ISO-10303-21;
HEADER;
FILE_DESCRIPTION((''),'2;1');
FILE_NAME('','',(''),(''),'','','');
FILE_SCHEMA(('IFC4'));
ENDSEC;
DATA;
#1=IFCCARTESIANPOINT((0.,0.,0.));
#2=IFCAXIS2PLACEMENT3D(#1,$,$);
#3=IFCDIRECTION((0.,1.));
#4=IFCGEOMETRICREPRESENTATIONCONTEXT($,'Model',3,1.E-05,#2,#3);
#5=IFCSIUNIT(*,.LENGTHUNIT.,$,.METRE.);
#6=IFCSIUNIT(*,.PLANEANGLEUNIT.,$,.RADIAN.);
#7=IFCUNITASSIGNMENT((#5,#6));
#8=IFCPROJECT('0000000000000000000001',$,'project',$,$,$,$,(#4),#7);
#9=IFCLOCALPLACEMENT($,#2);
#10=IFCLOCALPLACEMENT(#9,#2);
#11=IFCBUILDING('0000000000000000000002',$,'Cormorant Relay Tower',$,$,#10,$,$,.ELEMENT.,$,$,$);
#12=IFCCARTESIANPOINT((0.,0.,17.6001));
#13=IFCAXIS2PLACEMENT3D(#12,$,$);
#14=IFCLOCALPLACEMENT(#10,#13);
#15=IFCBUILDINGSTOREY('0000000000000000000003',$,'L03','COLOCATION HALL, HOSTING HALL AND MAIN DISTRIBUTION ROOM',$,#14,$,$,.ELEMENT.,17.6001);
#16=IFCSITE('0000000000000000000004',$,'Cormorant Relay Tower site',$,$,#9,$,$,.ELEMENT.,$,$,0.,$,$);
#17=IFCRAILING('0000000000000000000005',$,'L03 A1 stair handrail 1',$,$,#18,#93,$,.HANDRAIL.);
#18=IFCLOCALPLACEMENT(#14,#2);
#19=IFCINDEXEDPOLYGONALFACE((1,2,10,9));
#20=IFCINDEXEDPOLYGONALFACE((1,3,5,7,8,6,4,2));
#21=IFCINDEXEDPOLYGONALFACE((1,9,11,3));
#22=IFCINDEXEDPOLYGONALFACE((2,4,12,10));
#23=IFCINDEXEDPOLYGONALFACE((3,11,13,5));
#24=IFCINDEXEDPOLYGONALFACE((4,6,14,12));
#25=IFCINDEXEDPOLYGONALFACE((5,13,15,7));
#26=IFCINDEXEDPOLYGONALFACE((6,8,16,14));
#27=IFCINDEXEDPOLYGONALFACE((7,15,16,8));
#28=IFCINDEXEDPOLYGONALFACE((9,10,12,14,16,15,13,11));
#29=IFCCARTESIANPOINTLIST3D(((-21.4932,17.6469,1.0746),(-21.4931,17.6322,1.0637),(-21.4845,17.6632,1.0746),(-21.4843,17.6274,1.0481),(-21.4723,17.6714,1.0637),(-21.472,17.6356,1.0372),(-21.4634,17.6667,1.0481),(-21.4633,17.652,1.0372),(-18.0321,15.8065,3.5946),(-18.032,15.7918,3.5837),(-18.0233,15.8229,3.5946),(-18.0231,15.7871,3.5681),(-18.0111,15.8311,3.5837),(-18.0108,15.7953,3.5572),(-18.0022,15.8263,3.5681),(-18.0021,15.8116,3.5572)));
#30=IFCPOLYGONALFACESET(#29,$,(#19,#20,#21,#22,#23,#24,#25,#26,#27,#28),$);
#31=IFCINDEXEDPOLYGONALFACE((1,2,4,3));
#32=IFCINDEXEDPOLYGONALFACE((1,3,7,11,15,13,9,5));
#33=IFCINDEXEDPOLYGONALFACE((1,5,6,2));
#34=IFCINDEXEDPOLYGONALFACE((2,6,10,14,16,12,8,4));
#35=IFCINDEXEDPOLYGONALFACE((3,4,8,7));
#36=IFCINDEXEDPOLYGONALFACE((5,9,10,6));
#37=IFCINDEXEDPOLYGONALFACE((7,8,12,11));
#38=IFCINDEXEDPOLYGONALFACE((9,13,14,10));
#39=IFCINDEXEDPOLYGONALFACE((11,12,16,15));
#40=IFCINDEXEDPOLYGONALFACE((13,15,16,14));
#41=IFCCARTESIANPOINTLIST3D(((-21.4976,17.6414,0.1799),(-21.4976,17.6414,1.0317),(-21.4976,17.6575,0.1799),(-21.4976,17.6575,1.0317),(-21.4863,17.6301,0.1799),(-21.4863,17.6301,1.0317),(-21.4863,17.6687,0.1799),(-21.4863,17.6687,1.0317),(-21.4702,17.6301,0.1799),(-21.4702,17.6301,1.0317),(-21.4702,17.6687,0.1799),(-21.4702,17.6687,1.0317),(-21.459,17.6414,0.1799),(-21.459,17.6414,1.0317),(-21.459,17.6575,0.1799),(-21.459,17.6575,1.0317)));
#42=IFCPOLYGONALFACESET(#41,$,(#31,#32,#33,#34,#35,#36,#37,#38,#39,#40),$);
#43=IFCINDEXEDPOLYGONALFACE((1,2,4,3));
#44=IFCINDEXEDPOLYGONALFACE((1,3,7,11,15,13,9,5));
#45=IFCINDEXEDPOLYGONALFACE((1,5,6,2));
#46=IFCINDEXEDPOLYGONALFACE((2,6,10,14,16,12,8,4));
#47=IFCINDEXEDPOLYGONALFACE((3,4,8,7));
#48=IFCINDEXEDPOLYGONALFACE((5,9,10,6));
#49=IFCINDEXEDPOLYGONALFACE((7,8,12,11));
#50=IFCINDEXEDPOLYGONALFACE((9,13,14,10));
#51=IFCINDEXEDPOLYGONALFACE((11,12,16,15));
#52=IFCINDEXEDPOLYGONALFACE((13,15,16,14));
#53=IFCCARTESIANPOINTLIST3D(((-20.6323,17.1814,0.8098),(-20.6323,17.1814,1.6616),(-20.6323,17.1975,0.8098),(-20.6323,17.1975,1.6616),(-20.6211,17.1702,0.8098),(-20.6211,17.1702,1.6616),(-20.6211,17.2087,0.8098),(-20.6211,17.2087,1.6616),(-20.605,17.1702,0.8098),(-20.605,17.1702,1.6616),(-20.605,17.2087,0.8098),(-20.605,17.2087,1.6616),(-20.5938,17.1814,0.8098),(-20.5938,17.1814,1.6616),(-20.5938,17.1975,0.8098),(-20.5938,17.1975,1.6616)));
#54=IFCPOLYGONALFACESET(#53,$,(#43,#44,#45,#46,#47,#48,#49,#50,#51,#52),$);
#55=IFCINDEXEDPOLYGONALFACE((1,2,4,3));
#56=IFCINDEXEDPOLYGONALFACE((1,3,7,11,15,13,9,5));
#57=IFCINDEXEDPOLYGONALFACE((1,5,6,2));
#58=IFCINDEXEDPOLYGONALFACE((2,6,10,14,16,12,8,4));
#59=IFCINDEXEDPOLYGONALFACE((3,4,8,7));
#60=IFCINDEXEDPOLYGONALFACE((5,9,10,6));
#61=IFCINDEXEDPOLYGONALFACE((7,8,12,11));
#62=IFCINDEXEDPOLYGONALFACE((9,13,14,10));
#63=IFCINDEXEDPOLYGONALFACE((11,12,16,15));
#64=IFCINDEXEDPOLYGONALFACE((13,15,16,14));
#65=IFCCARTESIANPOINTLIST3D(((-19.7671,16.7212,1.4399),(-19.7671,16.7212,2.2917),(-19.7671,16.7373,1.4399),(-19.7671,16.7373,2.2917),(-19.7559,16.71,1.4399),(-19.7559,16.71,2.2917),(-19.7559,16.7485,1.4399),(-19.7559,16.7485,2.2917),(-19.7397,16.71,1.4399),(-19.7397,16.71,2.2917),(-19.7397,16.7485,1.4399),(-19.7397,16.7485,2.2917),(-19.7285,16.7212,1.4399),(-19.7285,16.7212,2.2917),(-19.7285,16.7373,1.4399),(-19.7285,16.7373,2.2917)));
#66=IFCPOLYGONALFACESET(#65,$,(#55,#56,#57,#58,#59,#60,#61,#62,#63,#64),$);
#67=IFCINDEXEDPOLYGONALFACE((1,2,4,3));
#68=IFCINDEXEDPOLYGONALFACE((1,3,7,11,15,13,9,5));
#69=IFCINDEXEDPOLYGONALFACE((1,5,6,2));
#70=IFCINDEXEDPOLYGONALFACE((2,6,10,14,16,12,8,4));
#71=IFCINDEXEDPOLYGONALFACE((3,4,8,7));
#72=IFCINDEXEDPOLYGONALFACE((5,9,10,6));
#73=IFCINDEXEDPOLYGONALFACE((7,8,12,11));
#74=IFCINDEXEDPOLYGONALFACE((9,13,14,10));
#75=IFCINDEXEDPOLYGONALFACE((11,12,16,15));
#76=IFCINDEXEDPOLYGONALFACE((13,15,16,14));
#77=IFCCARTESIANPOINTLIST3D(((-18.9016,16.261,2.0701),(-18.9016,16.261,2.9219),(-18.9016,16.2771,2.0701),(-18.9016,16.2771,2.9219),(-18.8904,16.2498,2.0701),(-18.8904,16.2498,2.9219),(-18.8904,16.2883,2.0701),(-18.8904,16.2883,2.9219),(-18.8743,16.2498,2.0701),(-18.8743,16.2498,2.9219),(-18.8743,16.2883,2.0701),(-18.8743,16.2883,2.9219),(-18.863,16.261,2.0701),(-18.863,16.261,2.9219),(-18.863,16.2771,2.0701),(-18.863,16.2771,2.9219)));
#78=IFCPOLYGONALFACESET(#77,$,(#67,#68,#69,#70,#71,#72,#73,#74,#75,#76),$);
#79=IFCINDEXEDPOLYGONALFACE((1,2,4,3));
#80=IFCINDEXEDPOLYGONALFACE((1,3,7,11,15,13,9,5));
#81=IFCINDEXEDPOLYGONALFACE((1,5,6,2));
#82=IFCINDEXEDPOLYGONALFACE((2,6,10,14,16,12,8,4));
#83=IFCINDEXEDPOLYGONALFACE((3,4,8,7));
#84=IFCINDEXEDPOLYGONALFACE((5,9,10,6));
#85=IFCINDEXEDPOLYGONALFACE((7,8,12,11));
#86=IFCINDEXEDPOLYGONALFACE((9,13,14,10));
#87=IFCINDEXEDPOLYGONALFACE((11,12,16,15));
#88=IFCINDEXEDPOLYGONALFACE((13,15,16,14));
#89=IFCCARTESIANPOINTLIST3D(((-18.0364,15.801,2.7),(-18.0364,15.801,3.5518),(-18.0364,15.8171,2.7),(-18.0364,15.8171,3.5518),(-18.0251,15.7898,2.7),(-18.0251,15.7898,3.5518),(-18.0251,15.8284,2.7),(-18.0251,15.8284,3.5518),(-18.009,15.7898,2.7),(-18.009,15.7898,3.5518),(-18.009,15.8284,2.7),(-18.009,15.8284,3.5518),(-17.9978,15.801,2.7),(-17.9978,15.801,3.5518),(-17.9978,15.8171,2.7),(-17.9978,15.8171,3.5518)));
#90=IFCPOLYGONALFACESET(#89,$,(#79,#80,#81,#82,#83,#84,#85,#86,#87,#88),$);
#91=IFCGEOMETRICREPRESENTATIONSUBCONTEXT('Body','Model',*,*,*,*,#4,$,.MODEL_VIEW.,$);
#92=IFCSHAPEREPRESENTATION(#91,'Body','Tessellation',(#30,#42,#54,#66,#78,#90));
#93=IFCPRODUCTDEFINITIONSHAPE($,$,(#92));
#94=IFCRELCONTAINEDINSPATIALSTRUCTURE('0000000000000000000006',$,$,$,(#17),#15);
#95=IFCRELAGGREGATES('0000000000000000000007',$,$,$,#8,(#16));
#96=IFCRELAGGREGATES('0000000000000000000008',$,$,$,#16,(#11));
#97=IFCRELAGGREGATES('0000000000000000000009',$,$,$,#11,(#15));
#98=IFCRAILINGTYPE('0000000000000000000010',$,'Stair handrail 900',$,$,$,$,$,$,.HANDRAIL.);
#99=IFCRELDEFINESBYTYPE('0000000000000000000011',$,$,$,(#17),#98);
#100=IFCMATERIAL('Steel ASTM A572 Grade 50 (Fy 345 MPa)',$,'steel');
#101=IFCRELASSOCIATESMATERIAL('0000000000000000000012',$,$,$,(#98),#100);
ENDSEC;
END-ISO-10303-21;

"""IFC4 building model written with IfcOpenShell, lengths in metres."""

from ifc_helpers import new_model, si_unit, direction, frame, origin, place, context, subcontext, project, spatial, polyline, outline, extrude, material, type_object, element, save


model = new_model("IFC4")

# Units and contexts
model_context = context("Model", 3, precision=1e-05, world=origin(), true_north=direction((0.0, 1.0)))
body_context = subcontext(model_context, "Body", "Model", "MODEL_VIEW")
ifc_project = project(units=[si_unit("LENGTHUNIT", "METRE"), si_unit("PLANEANGLEUNIT", "RADIAN")], contexts=[model_context])

# Site, building, storey
site_placement = place(None, origin())
site = spatial("IfcSite", under=ifc_project, at=site_placement, Name="Cormorant Relay Tower site", CompositionType="ELEMENT", RefElevation=0.0)
building_placement = place(site_placement, origin())
building = spatial("IfcBuilding", under=site, at=building_placement, Name="Cormorant Relay Tower", CompositionType="ELEMENT")
storey_placement = place(building_placement, frame((0.0, 0.0, 17.6001)))
storey = spatial("IfcBuildingStorey", under=building, at=storey_placement, Name="L03", Description="COLOCATION HALL, HOSTING HALL AND MAIN DISTRIBUTION ROOM", CompositionType="ELEMENT", Elevation=17.6001)

# Railing
ifc_material_1 = material(Name="Steel ASTM A572 Grade 50 (Fy 345 MPa)", Category="steel")
railing_type = type_object("IfcRailingType", Name="Stair handrail 900", PredefinedType="HANDRAIL", material=ifc_material_1)
railing_placement = place(storey_placement, frame((-21.4783, 17.6494, 0.1799)))
element("IfcRailing", 1, at=railing_placement, inside=storey, type_object=railing_type, Name="L03 A1 stair handrail 1", PredefinedType="HANDRAIL", context=body_context, shape_type="SweptSolid", body=[
    extrude(outline(polyline([(0.0222, 0.0093), (0.0093, 0.0222), (-0.0093, 0.0222), (-0.0222, 0.0093), (-0.0222, -0.0093), (-0.0093, -0.0222), (0.0093, -0.0222), (0.0222, -0.0093), (0.0222, 0.0093)])), frame((0.0, 0.0, 0.876), z_axis=(0.742717, -0.394907, 0.540758), x_axis=(0.469469, 0.882949, 0.0)), (0.0, 0.0, 1.0), 4.6602),
    extrude(outline(polyline([(0.0193, 0.0081), (0.0081, 0.0193), (-0.0081, 0.0193), (-0.0193, 0.0081), (-0.0193, -0.0081), (-0.0081, -0.0193), (0.0081, -0.0193), (0.0193, -0.0081), (0.0193, 0.0081)])), origin(), (0.0, 0.0, 1.0), 0.8518),
    extrude(outline(polyline([(0.0193, 0.0081), (0.0081, 0.0193), (-0.0081, 0.0193), (-0.0193, 0.0081), (-0.0193, -0.0081), (-0.0081, -0.0193), (0.0081, -0.0193), (0.0193, -0.0081), (0.0193, 0.0081)])), frame((0.8652, -0.46, 0.6299)), (0.0, 0.0, 1.0), 0.8518),
    extrude(outline(polyline([(0.0193, 0.0081), (0.0081, 0.0193), (-0.0081, 0.0193), (-0.0193, 0.0081), (-0.0193, -0.0081), (-0.0081, -0.0193), (0.0081, -0.0193), (0.0193, -0.0081), (0.0193, 0.0081)])), frame((1.7305, -0.9202, 1.26)), (0.0, 0.0, 1.0), 0.8518),
    extrude(outline(polyline([(0.0193, 0.0081), (0.0081, 0.0193), (-0.0081, 0.0193), (-0.0193, 0.0081), (-0.0193, -0.0081), (-0.0081, -0.0193), (0.0081, -0.0193), (0.0193, -0.0081), (0.0193, 0.0081)])), frame((2.5959, -1.3804, 1.8901)), (0.0, 0.0, 1.0), 0.8518),
    extrude(outline(polyline([(0.0193, 0.0081), (0.0081, 0.0193), (-0.0081, 0.0193), (-0.0193, 0.0081), (-0.0193, -0.0081), (-0.0081, -0.0193), (0.0081, -0.0193), (0.0193, -0.0081), (0.0193, 0.0081)])), frame((3.4612, -1.8403, 2.52)), (0.0, 0.0, 1.0), 0.8518),
])

save(model, "model.ifc")
